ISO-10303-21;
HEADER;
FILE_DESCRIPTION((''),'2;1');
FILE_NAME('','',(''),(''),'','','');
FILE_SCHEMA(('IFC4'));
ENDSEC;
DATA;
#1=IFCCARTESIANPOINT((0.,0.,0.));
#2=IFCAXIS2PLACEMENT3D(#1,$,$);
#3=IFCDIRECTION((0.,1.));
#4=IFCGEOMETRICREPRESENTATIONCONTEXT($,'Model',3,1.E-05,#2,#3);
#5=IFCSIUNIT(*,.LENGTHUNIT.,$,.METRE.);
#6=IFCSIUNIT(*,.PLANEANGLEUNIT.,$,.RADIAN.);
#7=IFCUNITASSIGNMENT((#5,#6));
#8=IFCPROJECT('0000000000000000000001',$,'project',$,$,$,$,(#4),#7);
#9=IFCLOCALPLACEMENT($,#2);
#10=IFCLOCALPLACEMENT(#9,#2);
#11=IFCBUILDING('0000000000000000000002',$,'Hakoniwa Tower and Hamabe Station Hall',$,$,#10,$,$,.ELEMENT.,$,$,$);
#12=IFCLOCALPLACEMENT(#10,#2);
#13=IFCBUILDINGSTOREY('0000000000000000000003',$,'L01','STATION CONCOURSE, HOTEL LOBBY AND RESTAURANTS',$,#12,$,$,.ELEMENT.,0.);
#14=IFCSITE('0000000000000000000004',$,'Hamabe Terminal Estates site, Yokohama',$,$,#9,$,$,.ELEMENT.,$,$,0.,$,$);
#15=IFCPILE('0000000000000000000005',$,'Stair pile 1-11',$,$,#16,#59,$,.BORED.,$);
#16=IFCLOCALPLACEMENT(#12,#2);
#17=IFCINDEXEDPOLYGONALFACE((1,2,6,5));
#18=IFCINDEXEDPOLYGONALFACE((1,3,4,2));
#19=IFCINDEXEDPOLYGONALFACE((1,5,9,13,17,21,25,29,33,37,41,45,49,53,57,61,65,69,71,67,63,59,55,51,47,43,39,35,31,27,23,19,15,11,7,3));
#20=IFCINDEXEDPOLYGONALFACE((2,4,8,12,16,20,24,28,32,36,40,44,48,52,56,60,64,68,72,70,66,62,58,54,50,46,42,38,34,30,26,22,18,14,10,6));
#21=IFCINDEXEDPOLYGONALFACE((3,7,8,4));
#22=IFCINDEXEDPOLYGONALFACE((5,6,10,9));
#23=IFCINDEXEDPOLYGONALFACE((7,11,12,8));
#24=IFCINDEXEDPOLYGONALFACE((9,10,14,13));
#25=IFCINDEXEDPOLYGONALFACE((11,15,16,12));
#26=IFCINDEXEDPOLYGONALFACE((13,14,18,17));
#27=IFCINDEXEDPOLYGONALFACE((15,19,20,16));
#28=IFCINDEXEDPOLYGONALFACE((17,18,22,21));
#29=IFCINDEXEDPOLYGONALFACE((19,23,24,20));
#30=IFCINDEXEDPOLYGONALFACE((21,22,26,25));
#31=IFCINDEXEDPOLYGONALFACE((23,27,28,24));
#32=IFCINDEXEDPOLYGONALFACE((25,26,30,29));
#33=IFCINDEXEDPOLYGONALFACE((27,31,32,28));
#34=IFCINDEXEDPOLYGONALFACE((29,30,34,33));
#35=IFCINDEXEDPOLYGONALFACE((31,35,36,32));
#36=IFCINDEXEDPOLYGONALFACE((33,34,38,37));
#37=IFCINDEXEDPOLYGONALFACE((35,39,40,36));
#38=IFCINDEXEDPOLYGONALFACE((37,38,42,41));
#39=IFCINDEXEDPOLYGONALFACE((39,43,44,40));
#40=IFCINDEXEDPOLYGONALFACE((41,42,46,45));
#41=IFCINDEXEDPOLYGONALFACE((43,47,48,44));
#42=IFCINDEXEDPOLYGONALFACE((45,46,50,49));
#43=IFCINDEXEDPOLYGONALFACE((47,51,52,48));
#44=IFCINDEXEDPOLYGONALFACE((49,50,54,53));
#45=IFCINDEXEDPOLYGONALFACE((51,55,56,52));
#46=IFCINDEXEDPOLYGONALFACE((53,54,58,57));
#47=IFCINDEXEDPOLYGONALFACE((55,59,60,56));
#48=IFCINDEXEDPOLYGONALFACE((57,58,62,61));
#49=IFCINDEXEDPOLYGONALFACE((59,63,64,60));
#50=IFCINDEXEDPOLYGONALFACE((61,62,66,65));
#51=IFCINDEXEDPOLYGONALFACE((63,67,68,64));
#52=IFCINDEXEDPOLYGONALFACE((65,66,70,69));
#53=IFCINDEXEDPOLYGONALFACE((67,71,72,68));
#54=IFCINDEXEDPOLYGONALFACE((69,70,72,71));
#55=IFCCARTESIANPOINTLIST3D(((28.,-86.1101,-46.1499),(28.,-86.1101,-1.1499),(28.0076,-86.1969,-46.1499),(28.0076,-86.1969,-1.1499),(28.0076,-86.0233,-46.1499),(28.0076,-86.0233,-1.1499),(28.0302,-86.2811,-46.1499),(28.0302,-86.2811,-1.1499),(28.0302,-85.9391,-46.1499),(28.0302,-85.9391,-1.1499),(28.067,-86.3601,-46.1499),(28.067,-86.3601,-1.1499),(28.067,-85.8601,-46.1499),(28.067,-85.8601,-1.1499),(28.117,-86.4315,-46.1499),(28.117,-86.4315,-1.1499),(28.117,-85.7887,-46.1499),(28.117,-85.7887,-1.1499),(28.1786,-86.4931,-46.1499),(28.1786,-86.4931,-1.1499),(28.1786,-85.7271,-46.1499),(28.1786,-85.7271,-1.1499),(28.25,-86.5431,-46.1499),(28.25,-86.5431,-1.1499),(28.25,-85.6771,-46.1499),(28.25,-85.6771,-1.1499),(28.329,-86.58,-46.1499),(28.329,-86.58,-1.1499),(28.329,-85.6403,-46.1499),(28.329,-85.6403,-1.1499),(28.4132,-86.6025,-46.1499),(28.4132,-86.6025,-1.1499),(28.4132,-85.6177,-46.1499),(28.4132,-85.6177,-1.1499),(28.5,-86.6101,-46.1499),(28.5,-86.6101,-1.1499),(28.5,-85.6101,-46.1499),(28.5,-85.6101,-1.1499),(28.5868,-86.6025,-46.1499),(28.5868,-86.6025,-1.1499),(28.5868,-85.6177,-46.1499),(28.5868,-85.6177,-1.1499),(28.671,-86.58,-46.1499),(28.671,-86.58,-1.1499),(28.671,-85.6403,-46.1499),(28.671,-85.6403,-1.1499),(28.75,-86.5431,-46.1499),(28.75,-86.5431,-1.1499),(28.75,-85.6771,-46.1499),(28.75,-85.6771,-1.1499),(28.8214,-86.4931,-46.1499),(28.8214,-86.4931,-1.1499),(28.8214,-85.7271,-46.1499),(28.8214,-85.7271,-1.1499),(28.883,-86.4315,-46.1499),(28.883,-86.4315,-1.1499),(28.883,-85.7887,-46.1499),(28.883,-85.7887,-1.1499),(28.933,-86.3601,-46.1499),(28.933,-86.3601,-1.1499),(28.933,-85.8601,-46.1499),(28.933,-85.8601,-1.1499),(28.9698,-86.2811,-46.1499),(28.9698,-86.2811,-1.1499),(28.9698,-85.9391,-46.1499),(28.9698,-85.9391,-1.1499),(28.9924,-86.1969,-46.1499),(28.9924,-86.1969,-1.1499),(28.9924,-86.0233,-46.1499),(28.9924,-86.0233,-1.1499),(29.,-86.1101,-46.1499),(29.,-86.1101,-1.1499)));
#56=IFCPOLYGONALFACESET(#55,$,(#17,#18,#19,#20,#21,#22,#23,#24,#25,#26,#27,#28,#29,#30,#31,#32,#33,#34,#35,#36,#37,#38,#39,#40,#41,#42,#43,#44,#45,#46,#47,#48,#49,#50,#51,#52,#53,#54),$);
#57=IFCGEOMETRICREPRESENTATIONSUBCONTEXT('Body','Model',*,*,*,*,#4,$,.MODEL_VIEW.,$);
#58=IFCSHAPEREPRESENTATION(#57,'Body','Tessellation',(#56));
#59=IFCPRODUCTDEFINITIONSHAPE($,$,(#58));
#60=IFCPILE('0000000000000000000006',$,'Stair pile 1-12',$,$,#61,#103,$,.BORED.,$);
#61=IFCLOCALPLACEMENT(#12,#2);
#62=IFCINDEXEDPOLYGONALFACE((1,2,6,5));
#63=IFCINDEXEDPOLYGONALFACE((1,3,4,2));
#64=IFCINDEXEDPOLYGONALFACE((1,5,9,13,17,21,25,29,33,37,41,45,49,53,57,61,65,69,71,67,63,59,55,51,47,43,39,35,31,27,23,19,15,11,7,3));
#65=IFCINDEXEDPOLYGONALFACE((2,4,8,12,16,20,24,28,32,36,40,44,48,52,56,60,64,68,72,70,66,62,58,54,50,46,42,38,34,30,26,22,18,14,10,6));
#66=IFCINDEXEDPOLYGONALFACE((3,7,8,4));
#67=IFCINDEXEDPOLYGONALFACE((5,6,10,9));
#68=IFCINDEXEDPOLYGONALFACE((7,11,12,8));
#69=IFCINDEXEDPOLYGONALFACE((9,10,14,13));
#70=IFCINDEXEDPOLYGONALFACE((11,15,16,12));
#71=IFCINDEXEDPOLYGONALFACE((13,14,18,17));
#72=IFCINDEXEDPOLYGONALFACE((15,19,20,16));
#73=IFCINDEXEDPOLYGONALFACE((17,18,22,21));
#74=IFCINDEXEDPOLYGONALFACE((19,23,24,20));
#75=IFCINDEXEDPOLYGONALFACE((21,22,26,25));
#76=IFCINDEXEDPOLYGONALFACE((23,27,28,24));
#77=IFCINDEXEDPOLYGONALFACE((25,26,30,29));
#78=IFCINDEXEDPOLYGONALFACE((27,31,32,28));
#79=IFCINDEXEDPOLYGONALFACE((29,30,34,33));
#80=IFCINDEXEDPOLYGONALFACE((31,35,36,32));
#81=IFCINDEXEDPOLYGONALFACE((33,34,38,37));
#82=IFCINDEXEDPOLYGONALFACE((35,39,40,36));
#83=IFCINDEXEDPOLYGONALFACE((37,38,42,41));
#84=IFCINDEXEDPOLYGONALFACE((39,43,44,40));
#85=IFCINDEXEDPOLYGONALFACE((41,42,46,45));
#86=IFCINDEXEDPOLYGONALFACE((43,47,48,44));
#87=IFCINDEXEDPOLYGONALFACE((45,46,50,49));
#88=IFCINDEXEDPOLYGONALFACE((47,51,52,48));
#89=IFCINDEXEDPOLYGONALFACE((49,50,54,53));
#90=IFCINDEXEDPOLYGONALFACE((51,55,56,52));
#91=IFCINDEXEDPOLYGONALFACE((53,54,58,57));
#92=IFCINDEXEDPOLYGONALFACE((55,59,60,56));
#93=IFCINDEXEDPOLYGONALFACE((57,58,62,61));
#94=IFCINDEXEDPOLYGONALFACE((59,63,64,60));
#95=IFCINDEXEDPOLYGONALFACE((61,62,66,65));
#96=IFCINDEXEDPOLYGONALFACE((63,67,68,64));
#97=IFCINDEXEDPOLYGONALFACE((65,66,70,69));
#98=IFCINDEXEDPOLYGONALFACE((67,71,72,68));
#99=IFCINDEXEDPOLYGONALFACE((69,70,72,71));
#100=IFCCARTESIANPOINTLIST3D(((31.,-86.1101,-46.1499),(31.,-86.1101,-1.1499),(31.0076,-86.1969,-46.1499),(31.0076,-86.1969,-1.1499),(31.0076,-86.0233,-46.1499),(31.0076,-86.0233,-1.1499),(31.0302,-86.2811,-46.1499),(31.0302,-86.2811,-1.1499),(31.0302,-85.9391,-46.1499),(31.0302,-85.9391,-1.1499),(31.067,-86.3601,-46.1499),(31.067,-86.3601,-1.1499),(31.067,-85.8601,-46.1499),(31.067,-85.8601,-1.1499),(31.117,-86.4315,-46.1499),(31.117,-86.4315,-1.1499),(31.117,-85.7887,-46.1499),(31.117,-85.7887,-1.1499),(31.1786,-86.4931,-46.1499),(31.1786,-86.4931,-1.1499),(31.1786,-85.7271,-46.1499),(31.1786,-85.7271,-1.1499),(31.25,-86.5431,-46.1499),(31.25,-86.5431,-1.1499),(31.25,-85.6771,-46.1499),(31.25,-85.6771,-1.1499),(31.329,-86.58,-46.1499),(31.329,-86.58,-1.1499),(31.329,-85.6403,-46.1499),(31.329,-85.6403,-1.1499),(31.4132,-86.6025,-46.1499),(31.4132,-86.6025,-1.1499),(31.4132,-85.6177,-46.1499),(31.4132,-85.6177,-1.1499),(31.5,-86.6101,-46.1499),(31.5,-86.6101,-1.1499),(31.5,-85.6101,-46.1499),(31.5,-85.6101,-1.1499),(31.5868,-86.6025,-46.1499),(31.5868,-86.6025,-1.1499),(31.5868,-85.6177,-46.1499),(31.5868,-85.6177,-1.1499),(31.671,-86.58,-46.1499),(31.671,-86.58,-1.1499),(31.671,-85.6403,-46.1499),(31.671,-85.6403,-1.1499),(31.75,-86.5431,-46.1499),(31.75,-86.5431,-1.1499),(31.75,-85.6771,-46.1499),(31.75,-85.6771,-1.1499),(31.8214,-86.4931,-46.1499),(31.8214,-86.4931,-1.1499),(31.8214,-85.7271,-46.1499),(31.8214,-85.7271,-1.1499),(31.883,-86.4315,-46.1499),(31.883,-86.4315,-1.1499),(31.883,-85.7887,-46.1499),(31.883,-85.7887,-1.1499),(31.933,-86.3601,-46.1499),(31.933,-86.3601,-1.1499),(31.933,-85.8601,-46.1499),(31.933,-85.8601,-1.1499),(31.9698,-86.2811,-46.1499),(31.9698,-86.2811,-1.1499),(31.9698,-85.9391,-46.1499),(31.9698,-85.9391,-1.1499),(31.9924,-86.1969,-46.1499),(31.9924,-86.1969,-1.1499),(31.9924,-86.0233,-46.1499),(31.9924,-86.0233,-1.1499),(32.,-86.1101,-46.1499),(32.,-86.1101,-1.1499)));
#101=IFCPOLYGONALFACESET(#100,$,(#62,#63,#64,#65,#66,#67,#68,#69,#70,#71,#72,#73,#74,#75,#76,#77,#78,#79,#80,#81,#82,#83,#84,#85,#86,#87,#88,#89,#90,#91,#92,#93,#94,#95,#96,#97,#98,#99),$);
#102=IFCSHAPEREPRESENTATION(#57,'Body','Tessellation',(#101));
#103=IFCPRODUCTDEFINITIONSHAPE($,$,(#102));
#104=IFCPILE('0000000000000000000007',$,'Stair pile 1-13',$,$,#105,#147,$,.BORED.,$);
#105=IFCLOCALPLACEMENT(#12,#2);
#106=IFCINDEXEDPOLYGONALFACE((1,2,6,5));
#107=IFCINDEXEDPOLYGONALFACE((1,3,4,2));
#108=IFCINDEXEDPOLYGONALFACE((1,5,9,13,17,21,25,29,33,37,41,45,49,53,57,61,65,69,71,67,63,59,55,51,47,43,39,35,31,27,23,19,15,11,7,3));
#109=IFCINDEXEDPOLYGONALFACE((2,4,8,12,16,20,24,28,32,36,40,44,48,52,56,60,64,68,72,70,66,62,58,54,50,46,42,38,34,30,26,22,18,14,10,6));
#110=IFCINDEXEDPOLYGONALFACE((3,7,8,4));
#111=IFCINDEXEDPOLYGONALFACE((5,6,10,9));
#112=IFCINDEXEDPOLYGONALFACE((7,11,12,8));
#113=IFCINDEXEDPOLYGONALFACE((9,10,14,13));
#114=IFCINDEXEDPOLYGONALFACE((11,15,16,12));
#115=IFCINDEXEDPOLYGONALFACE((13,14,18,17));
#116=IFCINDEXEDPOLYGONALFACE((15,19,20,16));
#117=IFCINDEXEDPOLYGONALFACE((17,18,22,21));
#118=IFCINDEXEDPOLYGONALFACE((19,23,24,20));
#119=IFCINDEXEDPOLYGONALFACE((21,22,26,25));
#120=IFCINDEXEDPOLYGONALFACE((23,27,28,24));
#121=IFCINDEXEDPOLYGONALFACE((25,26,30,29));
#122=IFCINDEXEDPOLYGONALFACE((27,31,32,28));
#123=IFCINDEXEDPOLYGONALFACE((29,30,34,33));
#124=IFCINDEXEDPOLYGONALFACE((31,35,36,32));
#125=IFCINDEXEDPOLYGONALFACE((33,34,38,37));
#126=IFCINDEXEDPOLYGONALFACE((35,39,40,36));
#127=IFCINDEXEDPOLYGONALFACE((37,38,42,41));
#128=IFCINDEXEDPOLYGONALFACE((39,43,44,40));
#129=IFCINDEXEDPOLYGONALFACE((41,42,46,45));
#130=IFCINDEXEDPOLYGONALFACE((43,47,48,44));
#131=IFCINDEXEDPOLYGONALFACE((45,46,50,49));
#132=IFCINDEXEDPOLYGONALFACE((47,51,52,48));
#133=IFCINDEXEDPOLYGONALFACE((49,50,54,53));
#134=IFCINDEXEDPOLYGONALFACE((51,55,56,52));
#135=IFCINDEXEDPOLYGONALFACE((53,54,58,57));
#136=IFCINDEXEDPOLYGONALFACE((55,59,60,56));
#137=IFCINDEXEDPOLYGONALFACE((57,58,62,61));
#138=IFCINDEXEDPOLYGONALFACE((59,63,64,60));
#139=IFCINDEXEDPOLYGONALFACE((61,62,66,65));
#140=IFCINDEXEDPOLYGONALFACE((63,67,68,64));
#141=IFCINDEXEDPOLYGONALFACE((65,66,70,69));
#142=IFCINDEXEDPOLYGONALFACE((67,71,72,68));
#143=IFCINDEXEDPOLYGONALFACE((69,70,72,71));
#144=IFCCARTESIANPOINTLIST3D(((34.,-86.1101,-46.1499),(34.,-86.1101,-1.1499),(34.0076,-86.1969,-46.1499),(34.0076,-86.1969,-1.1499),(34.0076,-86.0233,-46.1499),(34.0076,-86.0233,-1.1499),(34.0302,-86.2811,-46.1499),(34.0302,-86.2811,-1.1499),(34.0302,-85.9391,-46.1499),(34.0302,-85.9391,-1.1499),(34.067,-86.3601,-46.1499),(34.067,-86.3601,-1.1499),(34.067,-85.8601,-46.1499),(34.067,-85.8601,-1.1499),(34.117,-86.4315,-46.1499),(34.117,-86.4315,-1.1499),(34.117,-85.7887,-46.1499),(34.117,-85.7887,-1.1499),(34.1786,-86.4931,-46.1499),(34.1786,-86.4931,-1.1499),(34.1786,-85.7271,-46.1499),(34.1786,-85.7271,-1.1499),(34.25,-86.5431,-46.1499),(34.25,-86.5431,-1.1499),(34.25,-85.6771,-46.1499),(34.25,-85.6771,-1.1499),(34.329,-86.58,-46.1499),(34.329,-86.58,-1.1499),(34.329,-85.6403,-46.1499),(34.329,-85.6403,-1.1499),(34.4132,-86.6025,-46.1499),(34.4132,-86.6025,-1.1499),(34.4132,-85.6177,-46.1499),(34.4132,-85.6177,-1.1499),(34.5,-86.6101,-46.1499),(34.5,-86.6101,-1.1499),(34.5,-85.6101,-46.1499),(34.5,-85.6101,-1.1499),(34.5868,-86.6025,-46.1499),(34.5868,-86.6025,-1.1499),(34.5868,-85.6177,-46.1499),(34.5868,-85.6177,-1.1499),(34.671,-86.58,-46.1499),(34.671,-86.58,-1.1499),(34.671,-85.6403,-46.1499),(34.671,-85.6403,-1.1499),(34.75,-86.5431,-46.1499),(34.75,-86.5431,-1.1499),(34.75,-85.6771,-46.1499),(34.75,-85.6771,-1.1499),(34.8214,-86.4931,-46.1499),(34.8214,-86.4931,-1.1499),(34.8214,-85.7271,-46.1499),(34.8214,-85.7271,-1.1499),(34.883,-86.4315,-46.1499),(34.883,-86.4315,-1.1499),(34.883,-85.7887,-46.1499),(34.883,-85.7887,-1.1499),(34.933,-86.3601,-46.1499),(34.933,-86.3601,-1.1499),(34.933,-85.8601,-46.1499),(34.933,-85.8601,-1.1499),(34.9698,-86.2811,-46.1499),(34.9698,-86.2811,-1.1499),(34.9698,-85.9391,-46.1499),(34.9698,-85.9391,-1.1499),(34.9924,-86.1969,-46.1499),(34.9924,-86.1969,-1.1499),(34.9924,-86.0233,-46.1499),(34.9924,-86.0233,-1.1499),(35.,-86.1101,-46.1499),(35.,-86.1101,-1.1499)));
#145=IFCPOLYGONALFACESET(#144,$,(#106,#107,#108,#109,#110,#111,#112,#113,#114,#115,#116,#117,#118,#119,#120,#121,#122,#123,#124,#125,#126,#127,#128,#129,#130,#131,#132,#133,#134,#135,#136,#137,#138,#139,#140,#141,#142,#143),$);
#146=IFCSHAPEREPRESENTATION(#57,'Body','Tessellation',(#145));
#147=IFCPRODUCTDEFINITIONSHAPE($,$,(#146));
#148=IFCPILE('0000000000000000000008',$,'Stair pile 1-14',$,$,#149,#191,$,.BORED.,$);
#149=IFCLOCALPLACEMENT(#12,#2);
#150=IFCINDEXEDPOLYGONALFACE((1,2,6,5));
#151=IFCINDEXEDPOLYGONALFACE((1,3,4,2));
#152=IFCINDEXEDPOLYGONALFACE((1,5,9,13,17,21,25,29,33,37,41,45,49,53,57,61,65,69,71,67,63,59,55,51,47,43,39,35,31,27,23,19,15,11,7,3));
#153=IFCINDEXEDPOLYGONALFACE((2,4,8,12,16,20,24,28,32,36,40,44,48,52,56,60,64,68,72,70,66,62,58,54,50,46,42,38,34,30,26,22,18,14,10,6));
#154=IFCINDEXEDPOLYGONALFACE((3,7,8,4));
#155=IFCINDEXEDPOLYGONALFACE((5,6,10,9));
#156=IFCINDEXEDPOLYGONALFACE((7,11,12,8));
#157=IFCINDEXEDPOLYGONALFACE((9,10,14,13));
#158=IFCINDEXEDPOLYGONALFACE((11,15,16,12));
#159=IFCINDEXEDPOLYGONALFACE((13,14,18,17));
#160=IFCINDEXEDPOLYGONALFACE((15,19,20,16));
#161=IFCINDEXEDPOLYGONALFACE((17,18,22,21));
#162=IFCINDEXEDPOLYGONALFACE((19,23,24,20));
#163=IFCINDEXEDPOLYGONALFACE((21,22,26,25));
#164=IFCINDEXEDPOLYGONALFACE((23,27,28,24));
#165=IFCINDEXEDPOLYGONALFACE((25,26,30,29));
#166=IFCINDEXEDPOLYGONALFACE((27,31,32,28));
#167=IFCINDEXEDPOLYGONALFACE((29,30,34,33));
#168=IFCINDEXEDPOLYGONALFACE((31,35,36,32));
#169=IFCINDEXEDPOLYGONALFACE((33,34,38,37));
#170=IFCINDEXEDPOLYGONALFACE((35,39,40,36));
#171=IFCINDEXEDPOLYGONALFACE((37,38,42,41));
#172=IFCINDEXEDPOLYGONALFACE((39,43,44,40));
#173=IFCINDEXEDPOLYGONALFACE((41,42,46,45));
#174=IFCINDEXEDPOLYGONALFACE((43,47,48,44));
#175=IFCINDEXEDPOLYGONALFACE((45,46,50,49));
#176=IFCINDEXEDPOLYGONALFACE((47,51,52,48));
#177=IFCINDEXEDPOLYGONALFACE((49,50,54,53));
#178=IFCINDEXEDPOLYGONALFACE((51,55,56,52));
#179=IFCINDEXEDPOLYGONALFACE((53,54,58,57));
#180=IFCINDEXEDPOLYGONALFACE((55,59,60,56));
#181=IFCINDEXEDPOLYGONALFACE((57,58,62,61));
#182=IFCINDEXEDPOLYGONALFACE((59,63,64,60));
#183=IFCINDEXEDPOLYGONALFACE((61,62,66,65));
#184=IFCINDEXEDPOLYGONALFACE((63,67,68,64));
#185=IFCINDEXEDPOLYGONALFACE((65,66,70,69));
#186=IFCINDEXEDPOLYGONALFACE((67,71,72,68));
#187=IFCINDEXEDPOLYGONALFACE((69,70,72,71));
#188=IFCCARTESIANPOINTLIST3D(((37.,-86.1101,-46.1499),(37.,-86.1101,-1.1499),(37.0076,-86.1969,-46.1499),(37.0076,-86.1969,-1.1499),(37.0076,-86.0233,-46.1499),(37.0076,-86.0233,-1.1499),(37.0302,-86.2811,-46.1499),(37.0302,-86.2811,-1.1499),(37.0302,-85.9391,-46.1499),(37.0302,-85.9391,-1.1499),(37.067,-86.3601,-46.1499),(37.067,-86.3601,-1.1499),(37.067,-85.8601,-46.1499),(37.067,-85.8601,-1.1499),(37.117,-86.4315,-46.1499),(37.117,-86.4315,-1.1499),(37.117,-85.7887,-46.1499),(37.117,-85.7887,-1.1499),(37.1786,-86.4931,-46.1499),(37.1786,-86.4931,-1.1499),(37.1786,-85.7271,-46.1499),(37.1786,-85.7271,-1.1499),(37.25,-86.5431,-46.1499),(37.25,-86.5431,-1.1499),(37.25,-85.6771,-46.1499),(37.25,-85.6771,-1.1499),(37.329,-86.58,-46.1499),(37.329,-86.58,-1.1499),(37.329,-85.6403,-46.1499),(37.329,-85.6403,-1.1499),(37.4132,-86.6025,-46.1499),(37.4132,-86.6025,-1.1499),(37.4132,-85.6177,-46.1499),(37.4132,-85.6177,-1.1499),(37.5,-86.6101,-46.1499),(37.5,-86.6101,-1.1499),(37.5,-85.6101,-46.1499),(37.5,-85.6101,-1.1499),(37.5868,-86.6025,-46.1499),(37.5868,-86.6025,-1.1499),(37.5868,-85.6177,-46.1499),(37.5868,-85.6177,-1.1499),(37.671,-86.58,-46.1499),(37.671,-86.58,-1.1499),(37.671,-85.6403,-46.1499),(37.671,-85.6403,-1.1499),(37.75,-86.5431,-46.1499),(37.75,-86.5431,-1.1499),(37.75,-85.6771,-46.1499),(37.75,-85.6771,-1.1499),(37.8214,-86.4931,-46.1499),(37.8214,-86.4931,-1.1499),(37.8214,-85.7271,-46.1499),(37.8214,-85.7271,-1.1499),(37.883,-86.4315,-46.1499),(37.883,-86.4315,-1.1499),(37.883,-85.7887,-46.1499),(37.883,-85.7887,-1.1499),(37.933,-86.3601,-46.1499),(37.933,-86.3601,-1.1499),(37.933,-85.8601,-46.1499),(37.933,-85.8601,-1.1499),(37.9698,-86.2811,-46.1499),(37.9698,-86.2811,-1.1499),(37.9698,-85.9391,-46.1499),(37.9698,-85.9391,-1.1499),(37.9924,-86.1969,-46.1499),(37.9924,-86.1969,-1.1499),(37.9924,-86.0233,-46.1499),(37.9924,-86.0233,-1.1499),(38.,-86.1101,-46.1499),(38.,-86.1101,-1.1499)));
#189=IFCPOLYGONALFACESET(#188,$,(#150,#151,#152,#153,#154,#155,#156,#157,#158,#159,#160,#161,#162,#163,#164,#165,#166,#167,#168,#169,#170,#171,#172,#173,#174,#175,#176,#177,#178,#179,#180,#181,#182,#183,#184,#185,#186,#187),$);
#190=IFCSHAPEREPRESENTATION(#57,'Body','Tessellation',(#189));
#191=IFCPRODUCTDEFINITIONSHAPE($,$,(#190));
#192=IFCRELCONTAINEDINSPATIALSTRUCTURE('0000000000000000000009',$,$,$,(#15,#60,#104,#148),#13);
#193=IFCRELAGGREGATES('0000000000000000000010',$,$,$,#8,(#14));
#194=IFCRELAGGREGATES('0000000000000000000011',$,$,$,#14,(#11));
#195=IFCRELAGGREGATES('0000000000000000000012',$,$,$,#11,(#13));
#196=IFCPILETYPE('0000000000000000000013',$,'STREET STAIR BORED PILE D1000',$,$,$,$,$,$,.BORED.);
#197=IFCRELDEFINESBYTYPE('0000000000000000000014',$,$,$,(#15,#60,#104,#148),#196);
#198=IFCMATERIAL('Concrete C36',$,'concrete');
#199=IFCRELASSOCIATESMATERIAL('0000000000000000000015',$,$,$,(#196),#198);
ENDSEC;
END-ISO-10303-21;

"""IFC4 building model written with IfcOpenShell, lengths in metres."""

from ifc_helpers import new_model, si_unit, direction, frame, origin, origin_2d, place, context, subcontext, project, spatial, circle, extrude, material, material_profile, profile_set, type_object, element, save


model = new_model("IFC4")

# Units and contexts
model_context = context("Model", 3, precision=1e-05, world=origin(), true_north=direction((0.0, 1.0)))
body_context = subcontext(model_context, "Body", "Model", "MODEL_VIEW")
ifc_project = project(units=[si_unit("LENGTHUNIT", "METRE"), si_unit("PLANEANGLEUNIT", "RADIAN")], contexts=[model_context])

# Site, building, storey
site_placement = place(None, origin())
site = spatial("IfcSite", under=ifc_project, at=site_placement, Name="Hamabe Terminal Estates site, Yokohama", CompositionType="ELEMENT", RefElevation=0.0)
building_placement = place(site_placement, origin())
building = spatial("IfcBuilding", under=site, at=building_placement, Name="Hakoniwa Tower and Hamabe Station Hall", CompositionType="ELEMENT")
storey_placement = place(building_placement, origin())
storey = spatial("IfcBuildingStorey", under=building, at=storey_placement, Name="L01", Description="STATION CONCOURSE, HOTEL LOBBY AND RESTAURANTS", CompositionType="ELEMENT", Elevation=0.0)

# Piles
ifc_material_1 = material(Name="Concrete C36", Category="concrete")
ifc_material_profile = material_profile(ifc_material_1, circle(Radius=0.5, at=origin_2d()), Name="STREET STAIR BORED PILE D1000")
ifc_profile_set = profile_set([ifc_material_profile], Name="Concrete C36")
pile_type = type_object("IfcPileType", Name="STREET STAIR BORED PILE D1000", PredefinedType="BORED", material=ifc_profile_set)
for number, where, z_axis, x_axis, name in (
    (1, (28.5, -86.1101, -1.1499), (0.0, 0.0, -1.0), (1.0, 0.0, 0.0), "Stair pile 1-11"),
    (2, (31.5, -86.1101, -1.1499), (0.0, 0.0, -1.0), (1.0, 0.0, 0.0), "Stair pile 1-12"),
    (3, (34.5, -86.1101, -1.1499), (0.0, 0.0, -1.0), (1.0, 0.0, 0.0), "Stair pile 1-13"),
    (4, (37.5, -86.1101, -1.1499), (0.0, 0.0, -1.0), (1.0, 0.0, 0.0), "Stair pile 1-14"),
):
    element("IfcPile", number, at=place(storey_placement, frame(where, z_axis=z_axis, x_axis=x_axis)), inside=storey, type_object=pile_type, Name=name, PredefinedType="BORED", context=body_context, shape_type="SweptSolid", body=[
        extrude(circle(Radius=0.5, at=origin_2d()), origin(), (0.0, 0.0, 1.0), 45.0),
    ])

save(model, "model.ifc")
